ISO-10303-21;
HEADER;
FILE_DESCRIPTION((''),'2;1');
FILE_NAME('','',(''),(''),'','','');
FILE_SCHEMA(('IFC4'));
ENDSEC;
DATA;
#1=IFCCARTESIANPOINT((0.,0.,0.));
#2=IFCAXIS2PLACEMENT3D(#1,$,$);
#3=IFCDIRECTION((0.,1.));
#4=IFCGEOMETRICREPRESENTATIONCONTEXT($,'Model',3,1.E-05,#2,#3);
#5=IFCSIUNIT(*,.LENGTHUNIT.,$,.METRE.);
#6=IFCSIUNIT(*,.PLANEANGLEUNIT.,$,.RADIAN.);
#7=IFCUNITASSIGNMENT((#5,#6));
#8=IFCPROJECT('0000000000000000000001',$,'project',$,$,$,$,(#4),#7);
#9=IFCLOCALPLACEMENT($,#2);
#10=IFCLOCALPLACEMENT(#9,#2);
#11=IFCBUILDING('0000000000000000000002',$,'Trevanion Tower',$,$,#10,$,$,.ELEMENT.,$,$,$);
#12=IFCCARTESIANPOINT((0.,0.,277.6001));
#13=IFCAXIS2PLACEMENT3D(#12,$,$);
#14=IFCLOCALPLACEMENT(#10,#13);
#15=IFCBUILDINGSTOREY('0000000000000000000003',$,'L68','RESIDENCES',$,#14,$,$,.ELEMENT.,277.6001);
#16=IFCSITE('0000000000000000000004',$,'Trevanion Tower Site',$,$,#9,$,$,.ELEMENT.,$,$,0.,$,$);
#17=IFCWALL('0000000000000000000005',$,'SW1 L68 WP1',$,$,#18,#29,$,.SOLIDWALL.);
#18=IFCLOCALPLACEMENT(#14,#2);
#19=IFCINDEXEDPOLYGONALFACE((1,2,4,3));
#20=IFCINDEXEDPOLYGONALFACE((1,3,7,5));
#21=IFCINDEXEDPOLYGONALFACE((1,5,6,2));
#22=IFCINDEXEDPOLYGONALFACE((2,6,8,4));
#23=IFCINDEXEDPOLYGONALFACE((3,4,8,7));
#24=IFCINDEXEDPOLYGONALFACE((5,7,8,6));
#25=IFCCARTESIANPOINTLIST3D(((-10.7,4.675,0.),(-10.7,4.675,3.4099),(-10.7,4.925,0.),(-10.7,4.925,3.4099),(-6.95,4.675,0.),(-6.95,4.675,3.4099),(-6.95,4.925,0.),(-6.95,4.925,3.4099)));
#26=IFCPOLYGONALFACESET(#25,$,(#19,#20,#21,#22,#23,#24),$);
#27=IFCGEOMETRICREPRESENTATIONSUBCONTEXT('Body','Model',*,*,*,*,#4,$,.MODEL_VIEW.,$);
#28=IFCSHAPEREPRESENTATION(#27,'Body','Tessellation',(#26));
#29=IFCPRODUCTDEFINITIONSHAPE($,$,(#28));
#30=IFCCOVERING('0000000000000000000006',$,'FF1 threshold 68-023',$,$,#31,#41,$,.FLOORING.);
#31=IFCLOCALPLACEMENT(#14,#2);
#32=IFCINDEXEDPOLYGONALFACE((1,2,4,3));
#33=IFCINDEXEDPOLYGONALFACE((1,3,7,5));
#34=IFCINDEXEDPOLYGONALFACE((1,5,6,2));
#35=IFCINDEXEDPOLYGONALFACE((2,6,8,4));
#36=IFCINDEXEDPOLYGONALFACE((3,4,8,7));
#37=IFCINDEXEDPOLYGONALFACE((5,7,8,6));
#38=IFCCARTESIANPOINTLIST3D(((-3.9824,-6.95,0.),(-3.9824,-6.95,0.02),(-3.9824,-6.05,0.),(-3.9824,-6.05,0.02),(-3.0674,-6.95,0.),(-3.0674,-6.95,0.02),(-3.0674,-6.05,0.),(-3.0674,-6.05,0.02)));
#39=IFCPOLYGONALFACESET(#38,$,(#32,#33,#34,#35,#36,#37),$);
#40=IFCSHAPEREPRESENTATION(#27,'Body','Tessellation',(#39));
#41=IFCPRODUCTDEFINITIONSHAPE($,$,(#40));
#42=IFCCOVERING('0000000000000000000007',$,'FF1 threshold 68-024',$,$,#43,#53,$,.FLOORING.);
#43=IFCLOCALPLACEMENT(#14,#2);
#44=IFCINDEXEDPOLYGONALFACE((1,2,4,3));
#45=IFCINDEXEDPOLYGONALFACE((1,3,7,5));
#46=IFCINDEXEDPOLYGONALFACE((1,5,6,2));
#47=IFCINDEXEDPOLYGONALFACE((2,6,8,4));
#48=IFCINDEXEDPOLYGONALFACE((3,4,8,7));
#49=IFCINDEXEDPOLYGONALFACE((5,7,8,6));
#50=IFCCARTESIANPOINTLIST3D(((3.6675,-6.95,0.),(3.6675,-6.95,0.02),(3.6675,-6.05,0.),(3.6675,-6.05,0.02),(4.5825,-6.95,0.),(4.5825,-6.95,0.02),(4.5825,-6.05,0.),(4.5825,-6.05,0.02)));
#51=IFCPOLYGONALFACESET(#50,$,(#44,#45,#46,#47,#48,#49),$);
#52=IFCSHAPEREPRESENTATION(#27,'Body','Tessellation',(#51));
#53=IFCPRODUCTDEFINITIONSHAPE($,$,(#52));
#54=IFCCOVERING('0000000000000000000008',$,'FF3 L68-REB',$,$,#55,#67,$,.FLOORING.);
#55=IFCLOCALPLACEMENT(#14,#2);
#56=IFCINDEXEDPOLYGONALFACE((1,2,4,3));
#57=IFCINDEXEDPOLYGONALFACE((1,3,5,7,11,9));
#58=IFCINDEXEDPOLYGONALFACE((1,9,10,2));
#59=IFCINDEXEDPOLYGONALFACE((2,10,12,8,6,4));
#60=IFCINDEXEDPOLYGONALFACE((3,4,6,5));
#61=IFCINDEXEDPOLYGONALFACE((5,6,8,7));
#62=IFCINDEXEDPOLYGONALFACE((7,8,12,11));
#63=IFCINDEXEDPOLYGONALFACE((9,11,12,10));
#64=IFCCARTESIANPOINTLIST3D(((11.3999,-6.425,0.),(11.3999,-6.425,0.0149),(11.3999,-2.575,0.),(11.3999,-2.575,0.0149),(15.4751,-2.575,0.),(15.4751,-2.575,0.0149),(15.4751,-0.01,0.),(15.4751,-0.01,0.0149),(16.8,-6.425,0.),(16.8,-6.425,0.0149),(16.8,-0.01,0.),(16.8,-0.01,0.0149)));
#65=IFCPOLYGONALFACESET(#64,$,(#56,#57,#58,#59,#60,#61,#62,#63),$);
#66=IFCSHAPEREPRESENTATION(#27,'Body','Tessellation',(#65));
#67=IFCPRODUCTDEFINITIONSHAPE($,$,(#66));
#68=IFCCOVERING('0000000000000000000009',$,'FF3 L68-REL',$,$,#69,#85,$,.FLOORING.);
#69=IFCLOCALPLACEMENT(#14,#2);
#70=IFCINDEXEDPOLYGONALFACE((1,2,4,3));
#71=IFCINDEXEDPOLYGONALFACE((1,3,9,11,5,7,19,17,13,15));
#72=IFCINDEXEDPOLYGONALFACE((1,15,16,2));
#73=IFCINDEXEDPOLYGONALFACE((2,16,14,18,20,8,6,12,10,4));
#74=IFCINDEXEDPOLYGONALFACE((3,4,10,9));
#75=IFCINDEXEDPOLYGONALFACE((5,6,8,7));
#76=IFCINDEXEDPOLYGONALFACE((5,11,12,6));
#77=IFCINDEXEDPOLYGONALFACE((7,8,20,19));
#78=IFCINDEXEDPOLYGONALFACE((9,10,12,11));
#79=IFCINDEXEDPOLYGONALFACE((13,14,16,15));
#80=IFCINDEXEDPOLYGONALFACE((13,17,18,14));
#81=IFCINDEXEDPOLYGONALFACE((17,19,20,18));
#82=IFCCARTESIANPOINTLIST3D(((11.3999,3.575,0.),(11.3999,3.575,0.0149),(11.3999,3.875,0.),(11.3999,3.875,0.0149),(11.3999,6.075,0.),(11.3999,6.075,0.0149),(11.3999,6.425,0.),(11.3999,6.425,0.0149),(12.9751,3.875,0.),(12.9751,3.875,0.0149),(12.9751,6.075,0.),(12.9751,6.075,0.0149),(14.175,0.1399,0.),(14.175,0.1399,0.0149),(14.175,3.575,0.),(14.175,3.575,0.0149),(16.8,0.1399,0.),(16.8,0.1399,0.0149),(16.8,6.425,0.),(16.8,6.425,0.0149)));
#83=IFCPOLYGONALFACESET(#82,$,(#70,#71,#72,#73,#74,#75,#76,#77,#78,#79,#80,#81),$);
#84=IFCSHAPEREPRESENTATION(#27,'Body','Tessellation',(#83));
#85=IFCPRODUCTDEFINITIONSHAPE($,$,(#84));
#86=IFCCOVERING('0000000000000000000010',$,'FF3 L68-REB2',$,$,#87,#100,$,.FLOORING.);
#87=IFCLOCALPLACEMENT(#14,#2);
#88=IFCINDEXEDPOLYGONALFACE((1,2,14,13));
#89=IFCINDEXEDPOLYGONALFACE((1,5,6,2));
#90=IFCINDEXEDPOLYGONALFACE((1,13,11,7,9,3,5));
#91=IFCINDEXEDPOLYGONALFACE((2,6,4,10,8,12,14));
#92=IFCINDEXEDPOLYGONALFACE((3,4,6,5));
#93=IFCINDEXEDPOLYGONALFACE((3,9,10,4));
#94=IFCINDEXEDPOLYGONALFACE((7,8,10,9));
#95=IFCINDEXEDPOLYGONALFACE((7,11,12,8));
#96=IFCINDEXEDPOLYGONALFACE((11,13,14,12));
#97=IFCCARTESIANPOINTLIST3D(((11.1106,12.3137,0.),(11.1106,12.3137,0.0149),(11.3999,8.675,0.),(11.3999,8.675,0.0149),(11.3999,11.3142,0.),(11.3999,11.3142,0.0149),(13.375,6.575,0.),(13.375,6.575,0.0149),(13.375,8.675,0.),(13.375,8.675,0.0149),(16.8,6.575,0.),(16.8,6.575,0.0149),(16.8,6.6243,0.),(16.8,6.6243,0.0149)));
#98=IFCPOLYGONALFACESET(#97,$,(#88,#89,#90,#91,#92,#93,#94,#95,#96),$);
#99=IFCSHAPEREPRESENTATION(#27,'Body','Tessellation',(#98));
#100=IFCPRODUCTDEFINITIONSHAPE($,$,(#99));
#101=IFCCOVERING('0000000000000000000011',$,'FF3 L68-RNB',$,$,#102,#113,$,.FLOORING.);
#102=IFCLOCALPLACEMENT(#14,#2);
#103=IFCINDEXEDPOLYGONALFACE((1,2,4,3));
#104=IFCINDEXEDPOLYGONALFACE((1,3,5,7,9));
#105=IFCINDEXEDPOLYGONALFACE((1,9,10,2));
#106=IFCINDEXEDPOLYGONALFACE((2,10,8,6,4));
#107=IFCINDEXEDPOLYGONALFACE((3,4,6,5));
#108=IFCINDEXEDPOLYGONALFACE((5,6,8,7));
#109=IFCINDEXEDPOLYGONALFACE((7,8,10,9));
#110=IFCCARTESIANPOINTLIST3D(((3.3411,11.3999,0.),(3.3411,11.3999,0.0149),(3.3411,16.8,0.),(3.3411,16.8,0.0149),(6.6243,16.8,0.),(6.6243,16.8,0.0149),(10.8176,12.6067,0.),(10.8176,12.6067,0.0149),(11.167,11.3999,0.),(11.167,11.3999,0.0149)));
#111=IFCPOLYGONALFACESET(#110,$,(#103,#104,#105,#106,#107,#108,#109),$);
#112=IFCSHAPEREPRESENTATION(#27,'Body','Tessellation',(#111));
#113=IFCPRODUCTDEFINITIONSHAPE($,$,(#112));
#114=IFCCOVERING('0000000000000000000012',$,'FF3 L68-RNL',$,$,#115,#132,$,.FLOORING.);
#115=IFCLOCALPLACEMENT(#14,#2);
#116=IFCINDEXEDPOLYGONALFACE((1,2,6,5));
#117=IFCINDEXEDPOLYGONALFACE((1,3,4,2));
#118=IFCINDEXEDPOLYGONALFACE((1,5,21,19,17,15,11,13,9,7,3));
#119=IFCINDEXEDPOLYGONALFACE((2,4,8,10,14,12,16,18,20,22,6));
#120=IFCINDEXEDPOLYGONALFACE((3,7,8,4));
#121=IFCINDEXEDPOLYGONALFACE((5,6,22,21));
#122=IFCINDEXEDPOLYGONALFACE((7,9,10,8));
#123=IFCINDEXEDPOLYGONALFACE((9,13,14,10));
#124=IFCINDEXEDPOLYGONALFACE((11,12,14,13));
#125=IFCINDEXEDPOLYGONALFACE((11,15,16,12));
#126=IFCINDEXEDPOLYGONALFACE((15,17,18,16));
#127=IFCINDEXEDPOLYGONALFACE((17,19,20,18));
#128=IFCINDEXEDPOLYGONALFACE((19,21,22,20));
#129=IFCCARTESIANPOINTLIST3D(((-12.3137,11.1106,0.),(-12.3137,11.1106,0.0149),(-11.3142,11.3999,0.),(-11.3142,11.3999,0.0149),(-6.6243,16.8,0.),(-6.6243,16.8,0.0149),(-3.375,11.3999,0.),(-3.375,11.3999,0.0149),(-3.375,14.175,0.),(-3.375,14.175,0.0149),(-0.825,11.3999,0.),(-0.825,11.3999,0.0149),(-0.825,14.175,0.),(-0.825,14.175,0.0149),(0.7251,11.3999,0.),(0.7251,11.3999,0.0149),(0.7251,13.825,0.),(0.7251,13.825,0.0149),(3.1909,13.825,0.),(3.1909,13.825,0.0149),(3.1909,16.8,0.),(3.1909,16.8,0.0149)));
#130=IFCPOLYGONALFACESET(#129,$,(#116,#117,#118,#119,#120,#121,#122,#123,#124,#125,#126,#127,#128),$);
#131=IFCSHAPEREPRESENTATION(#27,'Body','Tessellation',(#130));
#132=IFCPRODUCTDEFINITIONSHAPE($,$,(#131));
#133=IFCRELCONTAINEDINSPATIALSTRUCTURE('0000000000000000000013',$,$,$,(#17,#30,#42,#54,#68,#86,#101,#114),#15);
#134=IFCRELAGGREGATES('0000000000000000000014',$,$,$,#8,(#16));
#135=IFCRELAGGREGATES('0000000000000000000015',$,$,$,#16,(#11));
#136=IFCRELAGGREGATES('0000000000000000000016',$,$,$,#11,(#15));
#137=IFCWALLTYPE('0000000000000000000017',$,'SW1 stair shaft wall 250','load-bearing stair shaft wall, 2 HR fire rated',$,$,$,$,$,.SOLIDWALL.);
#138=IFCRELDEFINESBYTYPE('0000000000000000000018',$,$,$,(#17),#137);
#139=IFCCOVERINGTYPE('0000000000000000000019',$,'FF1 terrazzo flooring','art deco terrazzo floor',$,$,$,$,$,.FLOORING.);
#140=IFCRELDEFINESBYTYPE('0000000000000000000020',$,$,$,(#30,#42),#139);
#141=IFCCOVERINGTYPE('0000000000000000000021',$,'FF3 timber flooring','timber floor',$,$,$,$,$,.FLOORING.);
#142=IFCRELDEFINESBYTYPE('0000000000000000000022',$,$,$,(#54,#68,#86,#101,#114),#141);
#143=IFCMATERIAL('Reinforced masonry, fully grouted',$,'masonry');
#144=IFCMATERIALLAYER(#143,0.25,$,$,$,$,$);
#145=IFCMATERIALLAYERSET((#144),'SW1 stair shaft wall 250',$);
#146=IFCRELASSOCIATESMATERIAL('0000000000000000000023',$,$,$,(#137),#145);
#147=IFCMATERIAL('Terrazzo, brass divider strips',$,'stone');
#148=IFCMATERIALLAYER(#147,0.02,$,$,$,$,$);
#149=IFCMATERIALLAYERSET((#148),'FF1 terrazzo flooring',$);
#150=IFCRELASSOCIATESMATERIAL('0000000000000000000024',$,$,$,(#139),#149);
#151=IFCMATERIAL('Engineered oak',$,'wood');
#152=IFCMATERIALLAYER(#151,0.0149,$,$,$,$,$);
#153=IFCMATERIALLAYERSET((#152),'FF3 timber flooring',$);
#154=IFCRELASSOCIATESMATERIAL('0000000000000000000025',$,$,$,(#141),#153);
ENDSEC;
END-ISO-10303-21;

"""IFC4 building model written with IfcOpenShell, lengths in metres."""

from ifc_helpers import new_model, si_unit, direction, frame, frame_2d, origin, place, context, subcontext, project, spatial, polyline, rectangle, outline, extrude, material, layer, layer_set, type_object, element, save


model = new_model("IFC4")

# Units and contexts
model_context = context("Model", 3, precision=1e-05, world=origin(), true_north=direction((0.0, 1.0)))
body_context = subcontext(model_context, "Body", "Model", "MODEL_VIEW")
ifc_project = project(units=[si_unit("LENGTHUNIT", "METRE"), si_unit("PLANEANGLEUNIT", "RADIAN")], contexts=[model_context])

# Site, building, storey
site_placement = place(None, origin())
site = spatial("IfcSite", under=ifc_project, at=site_placement, Name="Trevanion Tower Site", CompositionType="ELEMENT", RefElevation=0.0)
building_placement = place(site_placement, origin())
building = spatial("IfcBuilding", under=site, at=building_placement, Name="Trevanion Tower", CompositionType="ELEMENT")
storey_placement = place(building_placement, frame((0.0, 0.0, 277.6001)))
storey = spatial("IfcBuildingStorey", under=building, at=storey_placement, Name="L68", Description="RESIDENCES", CompositionType="ELEMENT", Elevation=277.6001)

# Wall
ifc_material_1 = material(Name="Reinforced masonry, fully grouted", Category="masonry")
ifc_layer_1 = layer(ifc_material_1, 0.25)
ifc_layer_set_1 = layer_set([ifc_layer_1], Name="SW1 stair shaft wall 250")
wall_type_1 = type_object("IfcWallType", Name="SW1 stair shaft wall 250", Description="load-bearing stair shaft wall, 2 HR fire rated", PredefinedType="SOLIDWALL", material=ifc_layer_set_1)
wall_1_placement = place(storey_placement, frame((-6.95, 4.8, 0.0), z_axis=(0.0, 0.0, 1.0), x_axis=(-1.0, 0.0, 0.0)))
element("IfcWall", 1, at=wall_1_placement, inside=storey, type_object=wall_type_1, Name="SW1 L68 WP1", PredefinedType="SOLIDWALL", context=body_context, shape_type="SweptSolid", body=[
    extrude(rectangle(XDim=3.75, YDim=0.25, at=frame_2d((1.875, 0.0))), origin(), (0.0, 0.0, 1.0), 3.4099),
])

# Coverings
ifc_material_2 = material(Name="Terrazzo, brass divider strips", Category="stone")
ifc_layer_2 = layer(ifc_material_2, 0.02)
ifc_layer_set_2 = layer_set([ifc_layer_2], Name="FF1 terrazzo flooring")
covering_type_1 = type_object("IfcCoveringType", Name="FF1 terrazzo flooring", Description="art deco terrazzo floor", PredefinedType="FLOORING", material=ifc_layer_set_2)
covering_1_placement = place(storey_placement, origin())
element("IfcCovering", 2, at=covering_1_placement, inside=storey, type_object=covering_type_1, Name="FF1 threshold 68-023", PredefinedType="FLOORING", context=body_context, shape_type="SweptSolid", body=[
    extrude(outline(polyline([(-3.9824, -6.95), (-3.0674, -6.95), (-3.0674, -6.05), (-3.9824, -6.05), (-3.9824, -6.95)])), origin(), (0.0, 0.0, 1.0), 0.02),
])
covering_2_placement = place(storey_placement, origin())
element("IfcCovering", 3, at=covering_2_placement, inside=storey, type_object=covering_type_1, Name="FF1 threshold 68-024", PredefinedType="FLOORING", context=body_context, shape_type="SweptSolid", body=[
    extrude(outline(polyline([(3.6675, -6.95), (4.5825, -6.95), (4.5825, -6.05), (3.6675, -6.05), (3.6675, -6.95)])), origin(), (0.0, 0.0, 1.0), 0.02),
])
ifc_material_3 = material(Name="Engineered oak", Category="wood")
ifc_layer_3 = layer(ifc_material_3, 0.0149)
ifc_layer_set_3 = layer_set([ifc_layer_3], Name="FF3 timber flooring")
covering_type_2 = type_object("IfcCoveringType", Name="FF3 timber flooring", Description="timber floor", PredefinedType="FLOORING", material=ifc_layer_set_3)
covering_3_placement = place(storey_placement, origin())
element("IfcCovering", 4, at=covering_3_placement, inside=storey, type_object=covering_type_2, Name="FF3 L68-REB", PredefinedType="FLOORING", context=body_context, shape_type="SweptSolid", body=[
    extrude(outline(polyline([(11.3999, -6.425), (11.3999, -2.575), (15.4751, -2.575), (15.4751, -0.01), (16.8, -0.01), (16.8, -6.425), (11.3999, -6.425)])), origin(), (0.0, 0.0, 1.0), 0.0149),
])
covering_4_placement = place(storey_placement, origin())
element("IfcCovering", 5, at=covering_4_placement, inside=storey, type_object=covering_type_2, Name="FF3 L68-REL", PredefinedType="FLOORING", context=body_context, shape_type="SweptSolid", body=[
    extrude(outline(polyline([(14.175, 0.1399), (14.175, 3.575), (11.3999, 3.575), (11.3999, 3.875), (12.9751, 3.875), (12.9751, 6.075), (11.3999, 6.075), (11.3999, 6.425), (16.8, 6.425), (16.8, 0.1399), (14.175, 0.1399)])), origin(), (0.0, 0.0, 1.0), 0.0149),
])
covering_5_placement = place(storey_placement, origin())
element("IfcCovering", 6, at=covering_5_placement, inside=storey, type_object=covering_type_2, Name="FF3 L68-REB2", PredefinedType="FLOORING", context=body_context, shape_type="SweptSolid", body=[
    extrude(outline(polyline([(13.375, 6.575), (13.375, 8.675), (11.3999, 8.675), (11.3999, 11.3142), (11.1106, 12.3137), (16.8, 6.6243), (16.8, 6.575), (13.375, 6.575)])), origin(), (0.0, 0.0, 1.0), 0.0149),
])
covering_6_placement = place(storey_placement, origin())
element("IfcCovering", 7, at=covering_6_placement, inside=storey, type_object=covering_type_2, Name="FF3 L68-RNB", PredefinedType="FLOORING", context=body_context, shape_type="SweptSolid", body=[
    extrude(outline(polyline([(10.8176, 12.6067), (11.167, 11.3999), (3.3411, 11.3999), (3.3411, 16.8), (6.6243, 16.8), (10.8176, 12.6067)])), origin(), (0.0, 0.0, 1.0), 0.0149),
])
covering_7_placement = place(storey_placement, origin())
element("IfcCovering", 8, at=covering_7_placement, inside=storey, type_object=covering_type_2, Name="FF3 L68-RNL", PredefinedType="FLOORING", context=body_context, shape_type="SweptSolid", body=[
    extrude(outline(polyline([(3.1909, 13.825), (0.7251, 13.825), (0.7251, 11.3999), (-0.825, 11.3999), (-0.825, 14.175), (-3.375, 14.175), (-3.375, 11.3999), (-11.3142, 11.3999), (-12.3137, 11.1106), (-6.6243, 16.8), (3.1909, 16.8), (3.1909, 13.825)])), origin(), (0.0, 0.0, 1.0), 0.0149),
])

save(model, "model.ifc")
